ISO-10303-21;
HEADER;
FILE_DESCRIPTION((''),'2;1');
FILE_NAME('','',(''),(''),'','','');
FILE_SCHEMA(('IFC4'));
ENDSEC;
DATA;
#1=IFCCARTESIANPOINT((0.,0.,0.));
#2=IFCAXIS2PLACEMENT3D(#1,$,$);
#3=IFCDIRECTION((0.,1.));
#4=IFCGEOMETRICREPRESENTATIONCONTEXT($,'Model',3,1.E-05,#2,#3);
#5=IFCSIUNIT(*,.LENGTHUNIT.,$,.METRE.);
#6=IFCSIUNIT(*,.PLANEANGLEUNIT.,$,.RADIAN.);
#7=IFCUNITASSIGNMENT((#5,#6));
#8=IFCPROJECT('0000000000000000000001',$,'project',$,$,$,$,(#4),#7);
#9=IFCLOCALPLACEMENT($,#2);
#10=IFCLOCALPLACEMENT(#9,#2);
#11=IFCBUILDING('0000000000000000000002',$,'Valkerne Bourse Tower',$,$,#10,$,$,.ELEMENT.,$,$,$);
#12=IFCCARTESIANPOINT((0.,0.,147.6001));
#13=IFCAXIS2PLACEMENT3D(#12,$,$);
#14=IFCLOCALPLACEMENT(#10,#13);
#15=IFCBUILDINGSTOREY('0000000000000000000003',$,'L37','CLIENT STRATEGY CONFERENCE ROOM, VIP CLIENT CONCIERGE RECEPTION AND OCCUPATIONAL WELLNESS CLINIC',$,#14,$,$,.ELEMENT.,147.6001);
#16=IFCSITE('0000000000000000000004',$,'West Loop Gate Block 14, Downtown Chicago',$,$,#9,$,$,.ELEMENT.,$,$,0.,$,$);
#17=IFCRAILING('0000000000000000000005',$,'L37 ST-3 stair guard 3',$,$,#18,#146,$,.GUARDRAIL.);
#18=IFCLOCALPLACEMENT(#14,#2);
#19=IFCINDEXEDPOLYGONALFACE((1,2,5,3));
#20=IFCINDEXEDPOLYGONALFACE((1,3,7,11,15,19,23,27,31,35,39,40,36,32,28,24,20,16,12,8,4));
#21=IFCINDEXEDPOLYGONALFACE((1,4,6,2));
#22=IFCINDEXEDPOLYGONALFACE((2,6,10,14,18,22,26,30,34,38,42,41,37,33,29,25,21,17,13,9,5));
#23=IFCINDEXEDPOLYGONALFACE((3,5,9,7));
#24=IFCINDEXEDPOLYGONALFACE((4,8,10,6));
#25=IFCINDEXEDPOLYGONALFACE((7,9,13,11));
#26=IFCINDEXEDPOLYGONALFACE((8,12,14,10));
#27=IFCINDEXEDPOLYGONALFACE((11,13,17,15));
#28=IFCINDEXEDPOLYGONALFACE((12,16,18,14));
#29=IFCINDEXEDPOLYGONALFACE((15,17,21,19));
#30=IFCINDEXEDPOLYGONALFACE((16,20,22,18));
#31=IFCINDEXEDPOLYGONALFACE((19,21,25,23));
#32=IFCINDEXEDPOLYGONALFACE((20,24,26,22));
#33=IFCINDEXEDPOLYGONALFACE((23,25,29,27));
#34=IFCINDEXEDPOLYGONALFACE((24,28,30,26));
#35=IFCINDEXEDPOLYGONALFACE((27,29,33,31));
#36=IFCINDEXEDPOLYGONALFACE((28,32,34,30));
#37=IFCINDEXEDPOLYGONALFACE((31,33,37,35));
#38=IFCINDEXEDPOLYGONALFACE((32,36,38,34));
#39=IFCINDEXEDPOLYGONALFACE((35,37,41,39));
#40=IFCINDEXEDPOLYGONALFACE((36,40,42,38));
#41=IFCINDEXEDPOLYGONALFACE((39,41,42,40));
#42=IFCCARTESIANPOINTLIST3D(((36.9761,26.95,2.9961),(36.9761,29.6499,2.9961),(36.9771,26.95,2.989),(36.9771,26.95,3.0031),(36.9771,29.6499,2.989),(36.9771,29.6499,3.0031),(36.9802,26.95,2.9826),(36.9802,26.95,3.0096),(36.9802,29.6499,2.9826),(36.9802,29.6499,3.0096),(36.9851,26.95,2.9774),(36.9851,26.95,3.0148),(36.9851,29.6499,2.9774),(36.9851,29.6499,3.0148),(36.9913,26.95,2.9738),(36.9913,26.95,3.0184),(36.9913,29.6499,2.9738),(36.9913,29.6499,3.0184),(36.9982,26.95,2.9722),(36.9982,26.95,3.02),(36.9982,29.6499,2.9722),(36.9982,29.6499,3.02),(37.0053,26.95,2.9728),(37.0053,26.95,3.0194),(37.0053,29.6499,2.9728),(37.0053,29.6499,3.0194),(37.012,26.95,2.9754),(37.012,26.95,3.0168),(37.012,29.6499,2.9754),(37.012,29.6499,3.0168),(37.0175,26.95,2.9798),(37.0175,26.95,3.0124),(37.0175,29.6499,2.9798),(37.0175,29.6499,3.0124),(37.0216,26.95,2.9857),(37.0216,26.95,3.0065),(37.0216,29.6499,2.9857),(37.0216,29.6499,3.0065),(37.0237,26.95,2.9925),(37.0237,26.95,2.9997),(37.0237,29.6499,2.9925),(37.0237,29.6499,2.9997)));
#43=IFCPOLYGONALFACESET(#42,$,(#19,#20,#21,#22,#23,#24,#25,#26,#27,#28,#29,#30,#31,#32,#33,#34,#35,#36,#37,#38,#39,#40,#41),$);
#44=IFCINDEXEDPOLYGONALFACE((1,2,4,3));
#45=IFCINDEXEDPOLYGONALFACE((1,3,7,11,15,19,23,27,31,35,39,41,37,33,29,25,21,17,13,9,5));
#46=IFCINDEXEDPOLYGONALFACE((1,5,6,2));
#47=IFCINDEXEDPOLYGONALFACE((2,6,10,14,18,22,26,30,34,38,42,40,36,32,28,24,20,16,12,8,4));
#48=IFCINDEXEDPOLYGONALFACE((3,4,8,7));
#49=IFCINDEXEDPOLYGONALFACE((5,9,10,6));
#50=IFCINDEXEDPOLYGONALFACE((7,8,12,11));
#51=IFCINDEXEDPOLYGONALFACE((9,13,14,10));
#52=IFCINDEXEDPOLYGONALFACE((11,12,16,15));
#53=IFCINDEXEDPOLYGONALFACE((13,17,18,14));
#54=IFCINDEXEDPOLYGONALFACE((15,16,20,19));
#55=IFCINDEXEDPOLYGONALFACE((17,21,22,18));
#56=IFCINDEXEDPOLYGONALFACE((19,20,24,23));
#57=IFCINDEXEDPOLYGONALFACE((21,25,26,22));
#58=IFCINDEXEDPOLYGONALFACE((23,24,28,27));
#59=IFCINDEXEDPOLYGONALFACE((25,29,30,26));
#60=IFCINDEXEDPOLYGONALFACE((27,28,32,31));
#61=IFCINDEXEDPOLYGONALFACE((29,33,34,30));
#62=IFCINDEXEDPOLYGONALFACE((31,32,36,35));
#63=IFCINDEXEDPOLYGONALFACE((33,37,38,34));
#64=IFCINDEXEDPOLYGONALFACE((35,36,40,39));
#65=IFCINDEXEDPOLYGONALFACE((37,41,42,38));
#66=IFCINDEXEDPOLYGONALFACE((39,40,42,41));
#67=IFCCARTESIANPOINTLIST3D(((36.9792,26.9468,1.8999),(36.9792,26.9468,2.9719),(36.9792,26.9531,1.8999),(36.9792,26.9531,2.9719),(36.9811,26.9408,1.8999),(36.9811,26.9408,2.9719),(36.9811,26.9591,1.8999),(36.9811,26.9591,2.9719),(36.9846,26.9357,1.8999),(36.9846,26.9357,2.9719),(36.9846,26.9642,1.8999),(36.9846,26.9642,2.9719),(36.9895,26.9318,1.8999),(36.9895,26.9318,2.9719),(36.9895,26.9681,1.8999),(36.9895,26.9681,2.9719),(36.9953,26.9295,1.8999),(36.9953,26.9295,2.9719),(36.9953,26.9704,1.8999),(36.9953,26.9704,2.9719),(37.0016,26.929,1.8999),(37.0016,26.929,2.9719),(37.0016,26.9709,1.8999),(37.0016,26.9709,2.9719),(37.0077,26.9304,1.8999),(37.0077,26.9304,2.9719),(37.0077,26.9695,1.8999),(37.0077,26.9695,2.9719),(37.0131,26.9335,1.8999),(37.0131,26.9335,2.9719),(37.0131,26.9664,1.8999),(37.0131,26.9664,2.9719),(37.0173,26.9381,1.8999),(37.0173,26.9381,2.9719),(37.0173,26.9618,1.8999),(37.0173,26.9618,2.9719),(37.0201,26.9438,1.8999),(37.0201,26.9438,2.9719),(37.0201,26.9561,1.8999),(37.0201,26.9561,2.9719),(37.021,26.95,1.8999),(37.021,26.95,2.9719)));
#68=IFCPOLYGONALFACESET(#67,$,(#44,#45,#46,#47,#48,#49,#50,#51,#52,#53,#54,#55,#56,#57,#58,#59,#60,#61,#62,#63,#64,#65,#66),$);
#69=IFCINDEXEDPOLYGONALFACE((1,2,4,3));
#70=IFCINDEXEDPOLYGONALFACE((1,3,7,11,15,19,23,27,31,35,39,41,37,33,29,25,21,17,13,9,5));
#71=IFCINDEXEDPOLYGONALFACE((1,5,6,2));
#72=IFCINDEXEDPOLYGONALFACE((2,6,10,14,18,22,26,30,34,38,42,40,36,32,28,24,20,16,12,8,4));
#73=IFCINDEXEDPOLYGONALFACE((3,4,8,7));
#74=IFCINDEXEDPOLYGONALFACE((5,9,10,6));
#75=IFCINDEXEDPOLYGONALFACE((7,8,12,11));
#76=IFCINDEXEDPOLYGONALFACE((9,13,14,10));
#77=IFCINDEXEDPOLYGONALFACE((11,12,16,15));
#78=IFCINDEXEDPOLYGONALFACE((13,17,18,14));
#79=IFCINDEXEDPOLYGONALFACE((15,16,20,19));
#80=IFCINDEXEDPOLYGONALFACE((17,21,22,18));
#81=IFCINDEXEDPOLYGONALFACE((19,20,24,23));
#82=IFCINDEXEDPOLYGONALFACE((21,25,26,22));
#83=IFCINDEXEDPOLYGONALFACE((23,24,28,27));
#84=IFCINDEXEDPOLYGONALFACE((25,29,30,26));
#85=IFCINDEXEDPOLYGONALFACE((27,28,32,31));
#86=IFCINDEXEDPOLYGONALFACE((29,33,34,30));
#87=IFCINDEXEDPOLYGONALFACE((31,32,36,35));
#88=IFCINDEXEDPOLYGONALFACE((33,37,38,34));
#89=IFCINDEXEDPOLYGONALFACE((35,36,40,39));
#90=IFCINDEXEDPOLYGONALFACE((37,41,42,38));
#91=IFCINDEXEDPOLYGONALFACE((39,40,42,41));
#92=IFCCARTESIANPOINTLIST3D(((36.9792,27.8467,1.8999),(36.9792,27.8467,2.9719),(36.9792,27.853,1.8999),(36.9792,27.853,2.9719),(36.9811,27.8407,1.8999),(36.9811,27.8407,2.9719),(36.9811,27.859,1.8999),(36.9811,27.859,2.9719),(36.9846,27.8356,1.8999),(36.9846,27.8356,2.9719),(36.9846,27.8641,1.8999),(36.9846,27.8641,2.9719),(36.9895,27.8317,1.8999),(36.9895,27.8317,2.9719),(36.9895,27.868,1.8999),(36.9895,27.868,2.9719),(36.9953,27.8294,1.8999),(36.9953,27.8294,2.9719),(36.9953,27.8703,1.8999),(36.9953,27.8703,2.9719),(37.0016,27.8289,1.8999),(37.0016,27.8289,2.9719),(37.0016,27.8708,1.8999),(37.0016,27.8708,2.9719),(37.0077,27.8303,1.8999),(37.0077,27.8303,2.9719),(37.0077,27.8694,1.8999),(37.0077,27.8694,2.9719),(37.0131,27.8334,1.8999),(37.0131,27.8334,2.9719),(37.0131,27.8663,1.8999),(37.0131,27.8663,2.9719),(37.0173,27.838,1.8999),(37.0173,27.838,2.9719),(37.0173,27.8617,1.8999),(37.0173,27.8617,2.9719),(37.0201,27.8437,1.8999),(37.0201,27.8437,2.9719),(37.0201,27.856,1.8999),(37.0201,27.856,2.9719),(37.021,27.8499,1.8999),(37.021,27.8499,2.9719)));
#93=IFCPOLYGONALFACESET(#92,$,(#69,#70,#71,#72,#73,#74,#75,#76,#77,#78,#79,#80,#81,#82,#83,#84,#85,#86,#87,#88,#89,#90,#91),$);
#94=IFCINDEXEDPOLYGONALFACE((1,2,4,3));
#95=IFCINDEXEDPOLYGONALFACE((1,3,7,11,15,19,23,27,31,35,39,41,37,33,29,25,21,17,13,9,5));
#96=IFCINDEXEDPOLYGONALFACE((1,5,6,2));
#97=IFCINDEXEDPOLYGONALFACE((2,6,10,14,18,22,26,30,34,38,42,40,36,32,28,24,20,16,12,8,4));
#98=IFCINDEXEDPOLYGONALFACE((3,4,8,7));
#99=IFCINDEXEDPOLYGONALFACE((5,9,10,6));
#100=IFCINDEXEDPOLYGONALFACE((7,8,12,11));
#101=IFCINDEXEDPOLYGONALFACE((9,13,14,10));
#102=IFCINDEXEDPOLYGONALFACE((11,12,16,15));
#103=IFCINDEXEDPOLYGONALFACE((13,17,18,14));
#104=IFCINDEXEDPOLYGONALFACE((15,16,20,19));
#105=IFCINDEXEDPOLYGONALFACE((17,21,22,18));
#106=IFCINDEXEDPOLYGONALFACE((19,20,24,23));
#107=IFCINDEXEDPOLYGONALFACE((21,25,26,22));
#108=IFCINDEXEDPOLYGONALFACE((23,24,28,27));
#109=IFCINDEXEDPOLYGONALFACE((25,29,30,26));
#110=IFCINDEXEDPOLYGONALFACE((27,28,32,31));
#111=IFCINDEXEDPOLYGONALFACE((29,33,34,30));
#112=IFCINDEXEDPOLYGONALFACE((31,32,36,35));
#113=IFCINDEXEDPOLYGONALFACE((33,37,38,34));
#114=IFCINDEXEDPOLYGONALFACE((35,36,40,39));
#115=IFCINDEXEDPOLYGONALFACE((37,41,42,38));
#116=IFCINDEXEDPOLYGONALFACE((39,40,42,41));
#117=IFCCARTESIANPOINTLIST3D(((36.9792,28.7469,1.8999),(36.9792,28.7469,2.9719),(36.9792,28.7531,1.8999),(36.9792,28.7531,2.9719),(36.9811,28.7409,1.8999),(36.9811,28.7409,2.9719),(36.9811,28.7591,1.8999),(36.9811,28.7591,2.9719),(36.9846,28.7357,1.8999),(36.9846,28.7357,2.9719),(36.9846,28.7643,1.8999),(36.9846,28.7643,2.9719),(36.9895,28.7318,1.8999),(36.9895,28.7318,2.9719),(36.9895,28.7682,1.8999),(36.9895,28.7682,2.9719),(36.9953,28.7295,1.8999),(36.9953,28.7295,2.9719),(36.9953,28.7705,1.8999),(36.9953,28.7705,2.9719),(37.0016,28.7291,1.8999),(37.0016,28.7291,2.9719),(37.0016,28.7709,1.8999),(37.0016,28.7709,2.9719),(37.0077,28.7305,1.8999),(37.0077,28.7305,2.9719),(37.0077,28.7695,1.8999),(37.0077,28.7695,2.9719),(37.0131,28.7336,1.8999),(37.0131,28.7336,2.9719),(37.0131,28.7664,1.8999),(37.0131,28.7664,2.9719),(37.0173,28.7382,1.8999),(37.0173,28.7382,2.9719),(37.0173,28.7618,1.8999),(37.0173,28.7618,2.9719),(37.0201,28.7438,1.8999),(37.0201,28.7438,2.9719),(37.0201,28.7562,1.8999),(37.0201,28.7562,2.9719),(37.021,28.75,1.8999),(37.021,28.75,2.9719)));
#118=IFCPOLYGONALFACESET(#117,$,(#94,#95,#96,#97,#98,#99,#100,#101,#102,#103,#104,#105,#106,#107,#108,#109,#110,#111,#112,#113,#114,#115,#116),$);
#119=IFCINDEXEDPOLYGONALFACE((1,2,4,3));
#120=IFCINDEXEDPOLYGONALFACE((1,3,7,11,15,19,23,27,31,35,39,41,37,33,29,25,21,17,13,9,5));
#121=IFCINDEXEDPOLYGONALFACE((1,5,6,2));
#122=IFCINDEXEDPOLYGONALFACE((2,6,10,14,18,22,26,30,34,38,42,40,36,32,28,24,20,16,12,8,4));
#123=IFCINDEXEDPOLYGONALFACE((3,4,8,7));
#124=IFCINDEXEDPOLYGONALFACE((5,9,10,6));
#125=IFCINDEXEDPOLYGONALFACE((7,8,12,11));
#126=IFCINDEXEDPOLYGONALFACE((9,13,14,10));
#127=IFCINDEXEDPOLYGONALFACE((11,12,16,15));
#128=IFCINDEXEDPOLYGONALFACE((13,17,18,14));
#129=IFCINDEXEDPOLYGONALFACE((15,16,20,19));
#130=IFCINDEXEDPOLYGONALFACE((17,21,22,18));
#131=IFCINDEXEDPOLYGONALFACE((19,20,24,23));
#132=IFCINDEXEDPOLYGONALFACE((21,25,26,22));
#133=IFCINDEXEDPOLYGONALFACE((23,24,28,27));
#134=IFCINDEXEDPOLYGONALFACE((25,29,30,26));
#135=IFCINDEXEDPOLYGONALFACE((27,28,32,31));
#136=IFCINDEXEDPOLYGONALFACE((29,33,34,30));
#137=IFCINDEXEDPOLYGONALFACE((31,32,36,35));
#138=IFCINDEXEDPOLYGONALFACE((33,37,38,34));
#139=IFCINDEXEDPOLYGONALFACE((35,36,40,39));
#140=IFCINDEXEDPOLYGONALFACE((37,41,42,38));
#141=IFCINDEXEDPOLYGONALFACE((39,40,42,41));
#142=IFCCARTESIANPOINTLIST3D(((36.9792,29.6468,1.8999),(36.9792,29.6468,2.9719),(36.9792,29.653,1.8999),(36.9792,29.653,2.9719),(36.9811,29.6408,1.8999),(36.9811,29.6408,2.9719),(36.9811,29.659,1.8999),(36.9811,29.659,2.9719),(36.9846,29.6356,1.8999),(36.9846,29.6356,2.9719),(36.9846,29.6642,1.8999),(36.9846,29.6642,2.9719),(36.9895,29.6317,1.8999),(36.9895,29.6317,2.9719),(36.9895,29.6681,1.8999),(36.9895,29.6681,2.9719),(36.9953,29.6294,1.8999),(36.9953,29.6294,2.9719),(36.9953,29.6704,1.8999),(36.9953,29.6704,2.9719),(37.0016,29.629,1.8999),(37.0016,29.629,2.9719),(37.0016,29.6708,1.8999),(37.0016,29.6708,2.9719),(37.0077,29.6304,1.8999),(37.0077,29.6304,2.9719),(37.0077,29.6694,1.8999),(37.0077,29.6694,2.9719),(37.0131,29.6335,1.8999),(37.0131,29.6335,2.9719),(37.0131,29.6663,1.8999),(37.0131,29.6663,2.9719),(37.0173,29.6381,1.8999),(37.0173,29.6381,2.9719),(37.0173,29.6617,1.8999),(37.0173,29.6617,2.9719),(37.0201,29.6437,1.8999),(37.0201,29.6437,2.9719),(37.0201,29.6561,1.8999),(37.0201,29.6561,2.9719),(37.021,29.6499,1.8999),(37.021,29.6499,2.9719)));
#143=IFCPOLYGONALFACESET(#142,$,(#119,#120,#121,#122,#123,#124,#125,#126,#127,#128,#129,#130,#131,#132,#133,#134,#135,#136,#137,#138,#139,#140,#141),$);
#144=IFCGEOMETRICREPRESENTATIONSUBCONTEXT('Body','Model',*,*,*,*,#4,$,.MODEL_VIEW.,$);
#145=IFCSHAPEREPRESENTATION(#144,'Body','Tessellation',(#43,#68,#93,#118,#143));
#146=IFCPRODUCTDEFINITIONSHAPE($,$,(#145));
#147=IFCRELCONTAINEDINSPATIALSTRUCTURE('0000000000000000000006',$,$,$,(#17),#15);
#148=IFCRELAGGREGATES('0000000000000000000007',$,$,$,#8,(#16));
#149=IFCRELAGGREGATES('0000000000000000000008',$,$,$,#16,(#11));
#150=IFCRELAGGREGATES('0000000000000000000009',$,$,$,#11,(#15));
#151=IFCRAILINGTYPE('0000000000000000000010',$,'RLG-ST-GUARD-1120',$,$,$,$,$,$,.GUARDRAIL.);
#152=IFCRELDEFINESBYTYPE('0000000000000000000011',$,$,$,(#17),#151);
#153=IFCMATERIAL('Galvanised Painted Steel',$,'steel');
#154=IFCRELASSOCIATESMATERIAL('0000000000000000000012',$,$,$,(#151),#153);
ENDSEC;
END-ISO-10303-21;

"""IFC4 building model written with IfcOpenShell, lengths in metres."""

from ifc_helpers import new_model, si_unit, direction, frame, origin, origin_2d, place, context, subcontext, project, spatial, circle, extrude, material, type_object, element, save


model = new_model("IFC4")

# Units and contexts
model_context = context("Model", 3, precision=1e-05, world=origin(), true_north=direction((0.0, 1.0)))
body_context = subcontext(model_context, "Body", "Model", "MODEL_VIEW")
ifc_project = project(units=[si_unit("LENGTHUNIT", "METRE"), si_unit("PLANEANGLEUNIT", "RADIAN")], contexts=[model_context])

# Site, building, storey
site_placement = place(None, origin())
site = spatial("IfcSite", under=ifc_project, at=site_placement, Name="West Loop Gate Block 14, Downtown Chicago", CompositionType="ELEMENT", RefElevation=0.0)
building_placement = place(site_placement, origin())
building = spatial("IfcBuilding", under=site, at=building_placement, Name="Valkerne Bourse Tower", CompositionType="ELEMENT")
storey_placement = place(building_placement, frame((0.0, 0.0, 147.6001)))
storey = spatial("IfcBuildingStorey", under=building, at=storey_placement, Name="L37", Description="CLIENT STRATEGY CONFERENCE ROOM, VIP CLIENT CONCIERGE RECEPTION AND OCCUPATIONAL WELLNESS CLINIC", CompositionType="ELEMENT", Elevation=147.6001)

# Railing
ifc_material_1 = material(Name="Galvanised Painted Steel", Category="steel")
railing_type_1 = type_object("IfcRailingType", Name="RLG-ST-GUARD-1120", PredefinedType="GUARDRAIL", material=ifc_material_1)
for number, where, name in (
    (1, (37.0, 26.95, 1.8999), "L37 ST-3 stair guard 3"),
):
    element("IfcRailing", number, at=place(storey_placement, frame(where)), inside=storey, type_object=railing_type_1, Name=name, PredefinedType="GUARDRAIL", context=body_context, shape_type="SweptSolid", body=[
        extrude(circle(Radius=0.0239, at=origin_2d()), frame((0.0, 0.0, 1.0962), z_axis=(0.0, 1.0, 0.0), x_axis=(-1.0, 0.0, 0.0)), (0.0, 0.0, 1.0), 2.7),
        extrude(circle(Radius=0.021, at=origin_2d()), origin(), (0.0, 0.0, 1.0), 1.072),
        extrude(circle(Radius=0.021, at=origin_2d()), frame((0.0, 0.8999, 0.0)), (0.0, 0.0, 1.0), 1.072),
        extrude(circle(Radius=0.021, at=origin_2d()), frame((0.0, 1.8, 0.0)), (0.0, 0.0, 1.0), 1.072),
        extrude(circle(Radius=0.021, at=origin_2d()), frame((0.0, 2.7, 0.0)), (0.0, 0.0, 1.0), 1.072),
    ])

save(model, "model.ifc")
